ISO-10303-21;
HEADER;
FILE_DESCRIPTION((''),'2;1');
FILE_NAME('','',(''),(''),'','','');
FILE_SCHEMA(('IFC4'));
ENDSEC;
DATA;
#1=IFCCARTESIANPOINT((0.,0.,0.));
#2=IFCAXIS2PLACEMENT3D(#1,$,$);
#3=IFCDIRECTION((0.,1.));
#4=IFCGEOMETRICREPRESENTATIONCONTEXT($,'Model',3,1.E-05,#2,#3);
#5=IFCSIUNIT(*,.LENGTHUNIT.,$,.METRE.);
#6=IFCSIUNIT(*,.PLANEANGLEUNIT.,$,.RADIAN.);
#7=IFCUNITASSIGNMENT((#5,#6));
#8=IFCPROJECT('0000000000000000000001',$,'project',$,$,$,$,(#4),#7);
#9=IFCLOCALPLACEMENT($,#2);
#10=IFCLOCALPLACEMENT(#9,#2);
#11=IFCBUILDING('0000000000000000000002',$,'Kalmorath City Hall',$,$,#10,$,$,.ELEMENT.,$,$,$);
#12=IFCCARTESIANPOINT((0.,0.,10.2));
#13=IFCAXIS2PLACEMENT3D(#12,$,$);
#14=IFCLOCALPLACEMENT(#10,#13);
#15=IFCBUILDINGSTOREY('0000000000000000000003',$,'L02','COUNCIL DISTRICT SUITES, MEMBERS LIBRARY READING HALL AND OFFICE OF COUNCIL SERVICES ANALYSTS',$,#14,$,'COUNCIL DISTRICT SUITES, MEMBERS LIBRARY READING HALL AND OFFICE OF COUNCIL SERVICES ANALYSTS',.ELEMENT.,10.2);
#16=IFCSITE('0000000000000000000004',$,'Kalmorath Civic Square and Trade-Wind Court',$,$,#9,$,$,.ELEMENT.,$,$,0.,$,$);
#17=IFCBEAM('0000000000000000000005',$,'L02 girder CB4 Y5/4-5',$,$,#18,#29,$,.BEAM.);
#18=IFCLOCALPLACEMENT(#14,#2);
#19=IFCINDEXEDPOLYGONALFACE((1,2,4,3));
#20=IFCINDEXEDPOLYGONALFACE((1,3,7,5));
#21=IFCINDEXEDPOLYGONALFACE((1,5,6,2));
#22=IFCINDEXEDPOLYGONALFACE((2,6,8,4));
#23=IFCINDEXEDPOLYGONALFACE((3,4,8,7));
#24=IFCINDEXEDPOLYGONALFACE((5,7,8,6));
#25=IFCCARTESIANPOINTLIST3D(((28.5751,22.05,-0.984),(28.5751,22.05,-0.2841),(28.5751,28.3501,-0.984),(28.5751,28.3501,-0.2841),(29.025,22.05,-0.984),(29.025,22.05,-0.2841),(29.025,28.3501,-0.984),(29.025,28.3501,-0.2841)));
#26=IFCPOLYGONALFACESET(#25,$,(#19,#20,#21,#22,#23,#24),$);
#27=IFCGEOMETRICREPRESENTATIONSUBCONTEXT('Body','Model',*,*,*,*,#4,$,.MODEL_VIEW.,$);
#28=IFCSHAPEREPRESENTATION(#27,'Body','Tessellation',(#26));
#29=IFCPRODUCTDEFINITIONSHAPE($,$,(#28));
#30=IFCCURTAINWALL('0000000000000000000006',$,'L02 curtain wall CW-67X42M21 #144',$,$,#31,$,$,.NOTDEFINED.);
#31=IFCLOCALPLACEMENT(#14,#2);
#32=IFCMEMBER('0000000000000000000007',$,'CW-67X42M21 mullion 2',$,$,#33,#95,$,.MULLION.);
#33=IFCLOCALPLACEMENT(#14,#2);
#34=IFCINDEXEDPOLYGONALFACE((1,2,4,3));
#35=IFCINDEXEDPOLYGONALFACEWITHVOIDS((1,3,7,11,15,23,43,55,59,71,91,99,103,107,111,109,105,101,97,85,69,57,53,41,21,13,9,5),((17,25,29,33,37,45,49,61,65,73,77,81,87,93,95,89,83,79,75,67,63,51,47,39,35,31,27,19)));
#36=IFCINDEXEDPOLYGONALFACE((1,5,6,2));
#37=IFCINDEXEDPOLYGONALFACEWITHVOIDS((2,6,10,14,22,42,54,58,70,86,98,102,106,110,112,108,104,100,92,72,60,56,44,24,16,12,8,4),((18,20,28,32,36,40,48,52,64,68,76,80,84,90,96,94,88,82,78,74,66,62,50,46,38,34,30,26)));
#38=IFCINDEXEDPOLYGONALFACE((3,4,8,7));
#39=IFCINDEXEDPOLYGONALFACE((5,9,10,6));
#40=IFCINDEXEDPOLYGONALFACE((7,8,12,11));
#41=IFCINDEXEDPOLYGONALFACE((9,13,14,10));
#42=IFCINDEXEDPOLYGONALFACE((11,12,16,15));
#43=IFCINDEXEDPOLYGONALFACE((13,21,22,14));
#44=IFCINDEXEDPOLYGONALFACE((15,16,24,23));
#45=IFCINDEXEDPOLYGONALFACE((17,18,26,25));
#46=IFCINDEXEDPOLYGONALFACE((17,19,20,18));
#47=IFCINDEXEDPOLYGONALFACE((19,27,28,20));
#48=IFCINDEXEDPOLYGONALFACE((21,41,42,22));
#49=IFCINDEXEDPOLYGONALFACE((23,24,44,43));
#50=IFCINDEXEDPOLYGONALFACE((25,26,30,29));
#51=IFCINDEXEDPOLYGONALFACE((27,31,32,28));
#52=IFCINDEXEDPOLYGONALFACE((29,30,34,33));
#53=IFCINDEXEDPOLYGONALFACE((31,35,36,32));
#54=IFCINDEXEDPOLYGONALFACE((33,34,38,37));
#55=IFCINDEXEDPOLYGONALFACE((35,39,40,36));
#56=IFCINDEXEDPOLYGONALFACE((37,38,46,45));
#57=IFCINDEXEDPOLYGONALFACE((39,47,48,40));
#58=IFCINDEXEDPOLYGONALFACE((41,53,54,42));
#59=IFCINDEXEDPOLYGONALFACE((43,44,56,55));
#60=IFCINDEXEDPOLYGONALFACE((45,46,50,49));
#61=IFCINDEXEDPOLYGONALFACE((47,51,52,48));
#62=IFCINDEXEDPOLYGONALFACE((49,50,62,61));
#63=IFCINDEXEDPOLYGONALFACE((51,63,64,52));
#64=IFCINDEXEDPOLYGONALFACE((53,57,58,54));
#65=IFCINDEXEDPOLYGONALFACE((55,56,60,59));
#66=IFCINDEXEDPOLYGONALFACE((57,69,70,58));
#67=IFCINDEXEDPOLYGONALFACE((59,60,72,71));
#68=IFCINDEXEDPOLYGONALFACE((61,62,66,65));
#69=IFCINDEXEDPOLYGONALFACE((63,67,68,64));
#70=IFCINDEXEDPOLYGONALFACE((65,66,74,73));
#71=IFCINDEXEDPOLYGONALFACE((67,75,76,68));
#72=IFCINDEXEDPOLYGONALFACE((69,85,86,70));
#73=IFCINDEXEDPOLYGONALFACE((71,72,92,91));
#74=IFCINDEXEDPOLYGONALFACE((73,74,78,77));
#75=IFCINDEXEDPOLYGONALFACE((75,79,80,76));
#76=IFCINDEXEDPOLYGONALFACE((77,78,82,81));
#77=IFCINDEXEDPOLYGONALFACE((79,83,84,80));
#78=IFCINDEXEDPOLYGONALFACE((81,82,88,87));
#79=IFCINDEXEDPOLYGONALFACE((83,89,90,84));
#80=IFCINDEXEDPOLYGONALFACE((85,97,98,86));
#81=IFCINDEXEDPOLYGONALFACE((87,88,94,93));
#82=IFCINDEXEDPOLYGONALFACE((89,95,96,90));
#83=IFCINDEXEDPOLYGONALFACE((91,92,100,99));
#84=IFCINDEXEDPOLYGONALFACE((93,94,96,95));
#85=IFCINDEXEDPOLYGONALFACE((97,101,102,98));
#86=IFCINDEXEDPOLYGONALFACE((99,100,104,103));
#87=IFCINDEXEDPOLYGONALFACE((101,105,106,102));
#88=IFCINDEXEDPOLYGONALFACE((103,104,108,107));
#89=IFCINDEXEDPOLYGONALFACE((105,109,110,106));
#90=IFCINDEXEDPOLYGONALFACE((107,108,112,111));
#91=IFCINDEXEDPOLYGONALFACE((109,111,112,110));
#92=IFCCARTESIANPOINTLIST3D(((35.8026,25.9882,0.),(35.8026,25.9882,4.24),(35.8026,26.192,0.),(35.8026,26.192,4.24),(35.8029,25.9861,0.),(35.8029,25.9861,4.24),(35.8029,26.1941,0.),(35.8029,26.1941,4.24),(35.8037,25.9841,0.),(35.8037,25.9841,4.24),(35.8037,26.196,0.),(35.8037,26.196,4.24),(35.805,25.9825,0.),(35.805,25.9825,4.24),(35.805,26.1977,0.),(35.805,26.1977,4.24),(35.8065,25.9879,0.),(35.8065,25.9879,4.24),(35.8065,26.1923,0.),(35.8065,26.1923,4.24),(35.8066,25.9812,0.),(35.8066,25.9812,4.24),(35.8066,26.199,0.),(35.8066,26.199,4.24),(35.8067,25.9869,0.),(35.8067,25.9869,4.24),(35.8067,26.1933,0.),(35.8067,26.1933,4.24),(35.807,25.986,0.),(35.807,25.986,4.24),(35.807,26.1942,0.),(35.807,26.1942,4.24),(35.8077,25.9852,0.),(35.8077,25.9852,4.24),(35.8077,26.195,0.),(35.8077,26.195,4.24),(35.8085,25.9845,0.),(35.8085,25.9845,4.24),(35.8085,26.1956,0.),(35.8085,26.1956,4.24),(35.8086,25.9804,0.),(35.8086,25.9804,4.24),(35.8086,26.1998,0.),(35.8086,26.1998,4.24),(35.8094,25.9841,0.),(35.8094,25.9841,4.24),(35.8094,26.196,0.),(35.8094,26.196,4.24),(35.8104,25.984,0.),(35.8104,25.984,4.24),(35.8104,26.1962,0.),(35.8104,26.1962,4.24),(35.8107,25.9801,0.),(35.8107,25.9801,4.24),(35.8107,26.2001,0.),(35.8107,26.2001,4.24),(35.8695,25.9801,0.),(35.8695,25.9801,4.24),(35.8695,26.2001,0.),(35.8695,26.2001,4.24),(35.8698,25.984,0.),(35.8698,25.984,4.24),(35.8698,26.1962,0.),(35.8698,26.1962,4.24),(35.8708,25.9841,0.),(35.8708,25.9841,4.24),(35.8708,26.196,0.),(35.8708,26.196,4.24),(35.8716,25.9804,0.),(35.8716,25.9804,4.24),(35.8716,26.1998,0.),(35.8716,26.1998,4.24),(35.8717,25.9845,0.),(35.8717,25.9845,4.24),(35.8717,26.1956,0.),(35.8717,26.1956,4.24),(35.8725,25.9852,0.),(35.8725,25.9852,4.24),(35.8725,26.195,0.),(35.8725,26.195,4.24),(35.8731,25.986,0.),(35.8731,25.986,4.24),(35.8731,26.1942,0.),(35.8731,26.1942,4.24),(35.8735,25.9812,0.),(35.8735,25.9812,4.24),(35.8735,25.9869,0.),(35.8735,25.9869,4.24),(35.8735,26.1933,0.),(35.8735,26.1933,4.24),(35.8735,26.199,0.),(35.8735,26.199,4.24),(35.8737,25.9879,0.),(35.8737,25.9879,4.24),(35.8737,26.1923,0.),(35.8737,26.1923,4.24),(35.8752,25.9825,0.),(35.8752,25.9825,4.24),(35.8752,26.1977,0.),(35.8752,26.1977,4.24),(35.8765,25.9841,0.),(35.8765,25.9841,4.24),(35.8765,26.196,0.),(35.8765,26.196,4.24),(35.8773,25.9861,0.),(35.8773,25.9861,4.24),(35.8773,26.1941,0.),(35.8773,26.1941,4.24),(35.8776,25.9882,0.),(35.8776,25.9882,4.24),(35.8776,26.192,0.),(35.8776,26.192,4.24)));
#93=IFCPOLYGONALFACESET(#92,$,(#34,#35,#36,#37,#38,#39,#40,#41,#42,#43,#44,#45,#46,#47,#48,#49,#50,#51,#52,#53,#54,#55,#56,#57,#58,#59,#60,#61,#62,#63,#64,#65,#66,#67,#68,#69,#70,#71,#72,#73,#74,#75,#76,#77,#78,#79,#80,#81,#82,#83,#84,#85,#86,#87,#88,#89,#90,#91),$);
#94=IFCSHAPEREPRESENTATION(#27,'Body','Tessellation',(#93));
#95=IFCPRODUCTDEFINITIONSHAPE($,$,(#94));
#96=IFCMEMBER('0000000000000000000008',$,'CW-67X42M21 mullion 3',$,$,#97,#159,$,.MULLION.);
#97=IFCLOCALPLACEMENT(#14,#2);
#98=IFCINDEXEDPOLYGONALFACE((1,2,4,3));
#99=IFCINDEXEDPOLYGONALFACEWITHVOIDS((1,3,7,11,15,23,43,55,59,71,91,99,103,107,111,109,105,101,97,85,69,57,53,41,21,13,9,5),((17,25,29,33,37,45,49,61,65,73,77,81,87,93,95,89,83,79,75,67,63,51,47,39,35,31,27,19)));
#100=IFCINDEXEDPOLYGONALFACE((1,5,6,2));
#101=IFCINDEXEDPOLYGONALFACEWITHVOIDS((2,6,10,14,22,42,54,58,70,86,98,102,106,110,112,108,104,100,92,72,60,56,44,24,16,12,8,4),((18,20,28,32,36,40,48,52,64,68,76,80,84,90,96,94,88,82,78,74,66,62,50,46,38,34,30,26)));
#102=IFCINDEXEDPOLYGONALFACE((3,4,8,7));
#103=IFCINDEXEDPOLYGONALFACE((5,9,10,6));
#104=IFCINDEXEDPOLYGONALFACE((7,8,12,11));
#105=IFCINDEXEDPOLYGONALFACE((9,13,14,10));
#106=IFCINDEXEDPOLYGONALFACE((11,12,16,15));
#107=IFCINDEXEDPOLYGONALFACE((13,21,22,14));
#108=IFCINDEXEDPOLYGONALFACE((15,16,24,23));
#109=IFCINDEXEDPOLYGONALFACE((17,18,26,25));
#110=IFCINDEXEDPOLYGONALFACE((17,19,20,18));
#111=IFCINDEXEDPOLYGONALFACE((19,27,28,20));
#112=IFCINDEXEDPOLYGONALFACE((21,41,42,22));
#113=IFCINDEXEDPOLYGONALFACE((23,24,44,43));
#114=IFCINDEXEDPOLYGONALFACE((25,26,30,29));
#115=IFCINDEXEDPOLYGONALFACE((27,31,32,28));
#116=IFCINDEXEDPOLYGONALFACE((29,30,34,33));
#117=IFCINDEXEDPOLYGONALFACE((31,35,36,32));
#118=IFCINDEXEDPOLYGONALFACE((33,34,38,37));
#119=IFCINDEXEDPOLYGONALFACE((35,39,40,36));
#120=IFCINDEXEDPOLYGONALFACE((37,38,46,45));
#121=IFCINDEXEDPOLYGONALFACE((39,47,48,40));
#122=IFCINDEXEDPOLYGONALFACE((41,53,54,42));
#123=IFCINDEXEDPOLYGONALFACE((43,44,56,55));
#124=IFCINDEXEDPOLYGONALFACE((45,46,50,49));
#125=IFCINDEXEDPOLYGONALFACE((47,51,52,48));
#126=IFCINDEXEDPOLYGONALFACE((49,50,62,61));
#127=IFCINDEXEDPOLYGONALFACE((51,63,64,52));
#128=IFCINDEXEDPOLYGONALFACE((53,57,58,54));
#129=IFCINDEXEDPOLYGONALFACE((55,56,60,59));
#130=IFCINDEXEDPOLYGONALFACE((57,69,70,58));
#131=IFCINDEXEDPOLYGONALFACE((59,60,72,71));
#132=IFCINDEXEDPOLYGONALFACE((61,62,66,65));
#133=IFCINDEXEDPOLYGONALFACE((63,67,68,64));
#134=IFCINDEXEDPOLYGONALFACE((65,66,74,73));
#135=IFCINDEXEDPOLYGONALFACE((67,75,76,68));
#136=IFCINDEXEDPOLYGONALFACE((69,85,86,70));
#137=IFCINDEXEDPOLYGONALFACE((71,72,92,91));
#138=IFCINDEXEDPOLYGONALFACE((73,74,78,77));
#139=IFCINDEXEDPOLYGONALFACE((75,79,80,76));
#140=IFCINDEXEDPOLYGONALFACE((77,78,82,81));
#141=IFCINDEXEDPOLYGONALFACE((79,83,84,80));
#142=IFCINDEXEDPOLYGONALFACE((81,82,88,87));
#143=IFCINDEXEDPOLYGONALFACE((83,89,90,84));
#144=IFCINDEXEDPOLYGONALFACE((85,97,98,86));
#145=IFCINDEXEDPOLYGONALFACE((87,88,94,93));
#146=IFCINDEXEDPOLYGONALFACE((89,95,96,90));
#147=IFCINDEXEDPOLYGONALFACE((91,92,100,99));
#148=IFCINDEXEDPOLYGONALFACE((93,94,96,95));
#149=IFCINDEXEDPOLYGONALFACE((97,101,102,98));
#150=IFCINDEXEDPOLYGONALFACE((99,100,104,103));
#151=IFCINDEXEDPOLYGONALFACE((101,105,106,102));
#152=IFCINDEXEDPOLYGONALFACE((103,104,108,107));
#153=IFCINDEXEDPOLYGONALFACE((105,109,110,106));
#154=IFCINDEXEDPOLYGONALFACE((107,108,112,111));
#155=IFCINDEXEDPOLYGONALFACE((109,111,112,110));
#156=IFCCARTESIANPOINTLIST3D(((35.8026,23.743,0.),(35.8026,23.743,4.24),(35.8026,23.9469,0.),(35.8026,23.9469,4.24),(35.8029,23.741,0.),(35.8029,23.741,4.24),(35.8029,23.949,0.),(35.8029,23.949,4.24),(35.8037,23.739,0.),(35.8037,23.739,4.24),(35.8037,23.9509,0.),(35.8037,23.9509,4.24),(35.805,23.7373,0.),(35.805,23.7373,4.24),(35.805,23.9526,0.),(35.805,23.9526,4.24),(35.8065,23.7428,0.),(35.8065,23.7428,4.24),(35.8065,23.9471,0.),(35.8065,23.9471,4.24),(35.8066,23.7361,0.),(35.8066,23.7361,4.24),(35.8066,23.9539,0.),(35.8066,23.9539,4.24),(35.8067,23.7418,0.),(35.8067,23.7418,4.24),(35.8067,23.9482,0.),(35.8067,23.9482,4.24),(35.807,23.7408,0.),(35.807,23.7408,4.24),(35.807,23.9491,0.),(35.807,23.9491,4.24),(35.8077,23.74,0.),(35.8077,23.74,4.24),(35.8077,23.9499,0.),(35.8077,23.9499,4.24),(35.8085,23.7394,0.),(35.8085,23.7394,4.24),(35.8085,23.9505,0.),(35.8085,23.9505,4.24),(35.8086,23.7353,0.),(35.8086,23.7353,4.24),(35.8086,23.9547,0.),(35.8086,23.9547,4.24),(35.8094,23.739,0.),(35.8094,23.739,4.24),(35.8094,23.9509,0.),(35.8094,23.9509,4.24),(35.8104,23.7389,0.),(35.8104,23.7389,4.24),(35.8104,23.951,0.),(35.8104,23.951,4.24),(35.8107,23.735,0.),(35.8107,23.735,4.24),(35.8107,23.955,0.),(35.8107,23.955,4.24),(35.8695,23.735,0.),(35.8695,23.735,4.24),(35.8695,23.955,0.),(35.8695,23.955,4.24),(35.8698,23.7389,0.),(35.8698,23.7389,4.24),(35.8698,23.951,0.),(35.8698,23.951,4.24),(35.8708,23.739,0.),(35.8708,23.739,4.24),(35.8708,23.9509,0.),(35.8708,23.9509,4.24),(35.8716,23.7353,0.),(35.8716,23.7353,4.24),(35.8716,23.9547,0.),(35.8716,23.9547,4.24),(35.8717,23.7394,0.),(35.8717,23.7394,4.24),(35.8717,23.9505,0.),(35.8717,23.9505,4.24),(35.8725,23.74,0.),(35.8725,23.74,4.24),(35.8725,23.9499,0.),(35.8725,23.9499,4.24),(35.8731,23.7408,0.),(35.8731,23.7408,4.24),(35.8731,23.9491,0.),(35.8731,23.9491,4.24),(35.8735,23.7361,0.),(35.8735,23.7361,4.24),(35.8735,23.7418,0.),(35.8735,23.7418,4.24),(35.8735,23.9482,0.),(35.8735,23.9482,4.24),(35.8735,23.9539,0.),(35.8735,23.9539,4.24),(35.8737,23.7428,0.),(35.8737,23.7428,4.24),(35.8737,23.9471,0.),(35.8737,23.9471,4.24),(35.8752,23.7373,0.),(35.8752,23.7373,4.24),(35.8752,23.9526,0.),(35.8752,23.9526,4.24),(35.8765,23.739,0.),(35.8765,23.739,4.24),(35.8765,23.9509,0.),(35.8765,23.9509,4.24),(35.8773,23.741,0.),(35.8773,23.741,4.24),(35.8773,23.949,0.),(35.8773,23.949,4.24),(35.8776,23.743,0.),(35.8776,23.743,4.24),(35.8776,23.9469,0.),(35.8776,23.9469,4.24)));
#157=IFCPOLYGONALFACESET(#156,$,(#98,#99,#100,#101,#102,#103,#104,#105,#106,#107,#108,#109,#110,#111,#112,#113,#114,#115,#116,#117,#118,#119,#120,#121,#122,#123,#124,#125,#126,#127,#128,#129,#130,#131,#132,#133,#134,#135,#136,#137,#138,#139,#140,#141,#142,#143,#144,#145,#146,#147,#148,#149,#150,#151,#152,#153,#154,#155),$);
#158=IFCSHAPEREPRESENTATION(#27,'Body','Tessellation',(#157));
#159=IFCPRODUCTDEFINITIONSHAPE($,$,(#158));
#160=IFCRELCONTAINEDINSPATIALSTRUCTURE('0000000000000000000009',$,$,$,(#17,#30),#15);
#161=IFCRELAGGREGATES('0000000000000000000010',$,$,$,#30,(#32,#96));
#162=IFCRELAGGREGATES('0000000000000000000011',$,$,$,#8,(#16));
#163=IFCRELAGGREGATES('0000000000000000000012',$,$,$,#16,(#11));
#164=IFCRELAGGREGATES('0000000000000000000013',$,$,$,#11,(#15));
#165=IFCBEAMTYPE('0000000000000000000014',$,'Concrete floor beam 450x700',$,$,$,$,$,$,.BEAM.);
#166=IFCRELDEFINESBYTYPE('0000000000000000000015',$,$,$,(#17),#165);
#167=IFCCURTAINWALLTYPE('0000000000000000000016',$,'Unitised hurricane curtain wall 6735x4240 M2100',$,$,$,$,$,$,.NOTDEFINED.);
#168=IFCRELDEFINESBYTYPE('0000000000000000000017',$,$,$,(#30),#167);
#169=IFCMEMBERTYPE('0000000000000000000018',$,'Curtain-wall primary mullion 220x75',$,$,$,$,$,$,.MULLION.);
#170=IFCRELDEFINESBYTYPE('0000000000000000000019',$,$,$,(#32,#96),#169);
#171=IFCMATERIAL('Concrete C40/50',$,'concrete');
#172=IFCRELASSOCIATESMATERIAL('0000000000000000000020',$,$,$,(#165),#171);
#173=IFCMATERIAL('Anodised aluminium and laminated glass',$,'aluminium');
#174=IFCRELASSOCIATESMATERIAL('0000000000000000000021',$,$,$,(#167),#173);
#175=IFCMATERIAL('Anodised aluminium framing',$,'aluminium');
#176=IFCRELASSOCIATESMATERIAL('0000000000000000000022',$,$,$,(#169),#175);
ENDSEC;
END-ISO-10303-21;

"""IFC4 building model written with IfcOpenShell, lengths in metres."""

from ifc_helpers import new_model, si_unit, direction, frame, origin, origin_2d, place, context, subcontext, project, spatial, rectangle, hollow_rectangle, extrude, material, material_profile, profile_set, type_object, element, aggregate, save


model = new_model("IFC4")

# Units and contexts
model_context = context("Model", 3, precision=1e-05, world=origin(), true_north=direction((0.0, 1.0)))
body_context = subcontext(model_context, "Body", "Model", "MODEL_VIEW")
ifc_project = project(units=[si_unit("LENGTHUNIT", "METRE"), si_unit("PLANEANGLEUNIT", "RADIAN")], contexts=[model_context])

# Site, building, storey
site_placement = place(None, origin())
site = spatial("IfcSite", under=ifc_project, at=site_placement, Name="Kalmorath Civic Square and Trade-Wind Court", CompositionType="ELEMENT", RefElevation=0.0)
building_placement = place(site_placement, origin())
building = spatial("IfcBuilding", under=site, at=building_placement, Name="Kalmorath City Hall", CompositionType="ELEMENT")
storey_placement = place(building_placement, frame((0.0, 0.0, 10.2)))
storey = spatial("IfcBuildingStorey", under=building, at=storey_placement, Name="L02", Description="COUNCIL DISTRICT SUITES, MEMBERS LIBRARY READING HALL AND OFFICE OF COUNCIL SERVICES ANALYSTS", LongName="COUNCIL DISTRICT SUITES, MEMBERS LIBRARY READING HALL AND OFFICE OF COUNCIL SERVICES ANALYSTS", CompositionType="ELEMENT", Elevation=10.2)

# Beam
ifc_material_1 = material(Name="Concrete C40/50", Category="concrete")
ifc_material_profile_1 = material_profile(ifc_material_1, rectangle(XDim=0.45, YDim=0.7, at=origin_2d()), Name="RC-BM-450X700")
ifc_profile_set_1 = profile_set([ifc_material_profile_1], Name="Concrete C40/50")
beam_type_1 = type_object("IfcBeamType", Name="Concrete floor beam 450x700", PredefinedType="BEAM", material=ifc_profile_set_1)
beam_1_placement = place(storey_placement, frame((28.8, 22.05, -0.634), z_axis=(0.0, 1.0, 0.0), x_axis=(-1.0, 0.0, 0.0)))
element("IfcBeam", 1, at=beam_1_placement, inside=storey, type_object=beam_type_1, Name="L02 girder CB4 Y5/4-5", PredefinedType="BEAM", context=body_context, shape_type="SweptSolid", body=[
    extrude(rectangle(XDim=0.45, YDim=0.7, at=origin_2d()), origin(), (0.0, 0.0, 1.0), 6.3),
])

# Curtain wall, members
ifc_material_2 = material(Name="Anodised aluminium and laminated glass", Category="aluminium")
curtain_wall_type = type_object("IfcCurtainWallType", Name="Unitised hurricane curtain wall 6735x4240 M2100", PredefinedType="NOTDEFINED", material=ifc_material_2)
curtain_wall_placement = place(storey_placement, origin())
curtain_wall = element("IfcCurtainWall", 2, at=curtain_wall_placement, inside=storey, type_object=curtain_wall_type, Name="L02 curtain wall CW-67X42M21 #144", PredefinedType="NOTDEFINED")
ifc_material_3 = material(Name="Anodised aluminium framing", Category="aluminium")
ifc_material_profile_2 = material_profile(ifc_material_3, hollow_rectangle(XDim=0.075, YDim=0.22, WallThickness=0.0039, InnerFilletRadius=0.0039, OuterFilletRadius=0.0081, at=origin_2d()), Name="ALU-MUL-220X75X4")
ifc_profile_set_2 = profile_set([ifc_material_profile_2], Name="Anodised aluminium framing")
member_type_1 = type_object("IfcMemberType", Name="Curtain-wall primary mullion 220x75", PredefinedType="MULLION", material=ifc_profile_set_2)
member_1_placement = place(storey_placement, frame((35.8401, 26.0901, 0.0), z_axis=(0.0, 0.0, 1.0), x_axis=(1.0, 0.0, 0.0)))
member_1 = element("IfcMember", 3, at=member_1_placement, type_object=member_type_1, Name="CW-67X42M21 mullion 2", PredefinedType="MULLION", context=body_context, shape_type="SweptSolid", body=[
    extrude(hollow_rectangle(XDim=0.075, YDim=0.22, WallThickness=0.0039, InnerFilletRadius=0.0039, OuterFilletRadius=0.0081, at=origin_2d()), origin(), (0.0, 0.0, 1.0), 4.24),
])
member_2_placement = place(storey_placement, frame((35.8401, 23.845, 0.0), z_axis=(0.0, 0.0, 1.0), x_axis=(1.0, 0.0, 0.0)))
member_2 = element("IfcMember", 4, at=member_2_placement, type_object=member_type_1, Name="CW-67X42M21 mullion 3", PredefinedType="MULLION", context=body_context, shape_type="SweptSolid", body=[
    extrude(hollow_rectangle(XDim=0.075, YDim=0.22, WallThickness=0.0039, InnerFilletRadius=0.0039, OuterFilletRadius=0.0081, at=origin_2d()), origin(), (0.0, 0.0, 1.0), 4.24),
])

aggregate(curtain_wall, [member_1, member_2])

save(model, "model.ifc")
